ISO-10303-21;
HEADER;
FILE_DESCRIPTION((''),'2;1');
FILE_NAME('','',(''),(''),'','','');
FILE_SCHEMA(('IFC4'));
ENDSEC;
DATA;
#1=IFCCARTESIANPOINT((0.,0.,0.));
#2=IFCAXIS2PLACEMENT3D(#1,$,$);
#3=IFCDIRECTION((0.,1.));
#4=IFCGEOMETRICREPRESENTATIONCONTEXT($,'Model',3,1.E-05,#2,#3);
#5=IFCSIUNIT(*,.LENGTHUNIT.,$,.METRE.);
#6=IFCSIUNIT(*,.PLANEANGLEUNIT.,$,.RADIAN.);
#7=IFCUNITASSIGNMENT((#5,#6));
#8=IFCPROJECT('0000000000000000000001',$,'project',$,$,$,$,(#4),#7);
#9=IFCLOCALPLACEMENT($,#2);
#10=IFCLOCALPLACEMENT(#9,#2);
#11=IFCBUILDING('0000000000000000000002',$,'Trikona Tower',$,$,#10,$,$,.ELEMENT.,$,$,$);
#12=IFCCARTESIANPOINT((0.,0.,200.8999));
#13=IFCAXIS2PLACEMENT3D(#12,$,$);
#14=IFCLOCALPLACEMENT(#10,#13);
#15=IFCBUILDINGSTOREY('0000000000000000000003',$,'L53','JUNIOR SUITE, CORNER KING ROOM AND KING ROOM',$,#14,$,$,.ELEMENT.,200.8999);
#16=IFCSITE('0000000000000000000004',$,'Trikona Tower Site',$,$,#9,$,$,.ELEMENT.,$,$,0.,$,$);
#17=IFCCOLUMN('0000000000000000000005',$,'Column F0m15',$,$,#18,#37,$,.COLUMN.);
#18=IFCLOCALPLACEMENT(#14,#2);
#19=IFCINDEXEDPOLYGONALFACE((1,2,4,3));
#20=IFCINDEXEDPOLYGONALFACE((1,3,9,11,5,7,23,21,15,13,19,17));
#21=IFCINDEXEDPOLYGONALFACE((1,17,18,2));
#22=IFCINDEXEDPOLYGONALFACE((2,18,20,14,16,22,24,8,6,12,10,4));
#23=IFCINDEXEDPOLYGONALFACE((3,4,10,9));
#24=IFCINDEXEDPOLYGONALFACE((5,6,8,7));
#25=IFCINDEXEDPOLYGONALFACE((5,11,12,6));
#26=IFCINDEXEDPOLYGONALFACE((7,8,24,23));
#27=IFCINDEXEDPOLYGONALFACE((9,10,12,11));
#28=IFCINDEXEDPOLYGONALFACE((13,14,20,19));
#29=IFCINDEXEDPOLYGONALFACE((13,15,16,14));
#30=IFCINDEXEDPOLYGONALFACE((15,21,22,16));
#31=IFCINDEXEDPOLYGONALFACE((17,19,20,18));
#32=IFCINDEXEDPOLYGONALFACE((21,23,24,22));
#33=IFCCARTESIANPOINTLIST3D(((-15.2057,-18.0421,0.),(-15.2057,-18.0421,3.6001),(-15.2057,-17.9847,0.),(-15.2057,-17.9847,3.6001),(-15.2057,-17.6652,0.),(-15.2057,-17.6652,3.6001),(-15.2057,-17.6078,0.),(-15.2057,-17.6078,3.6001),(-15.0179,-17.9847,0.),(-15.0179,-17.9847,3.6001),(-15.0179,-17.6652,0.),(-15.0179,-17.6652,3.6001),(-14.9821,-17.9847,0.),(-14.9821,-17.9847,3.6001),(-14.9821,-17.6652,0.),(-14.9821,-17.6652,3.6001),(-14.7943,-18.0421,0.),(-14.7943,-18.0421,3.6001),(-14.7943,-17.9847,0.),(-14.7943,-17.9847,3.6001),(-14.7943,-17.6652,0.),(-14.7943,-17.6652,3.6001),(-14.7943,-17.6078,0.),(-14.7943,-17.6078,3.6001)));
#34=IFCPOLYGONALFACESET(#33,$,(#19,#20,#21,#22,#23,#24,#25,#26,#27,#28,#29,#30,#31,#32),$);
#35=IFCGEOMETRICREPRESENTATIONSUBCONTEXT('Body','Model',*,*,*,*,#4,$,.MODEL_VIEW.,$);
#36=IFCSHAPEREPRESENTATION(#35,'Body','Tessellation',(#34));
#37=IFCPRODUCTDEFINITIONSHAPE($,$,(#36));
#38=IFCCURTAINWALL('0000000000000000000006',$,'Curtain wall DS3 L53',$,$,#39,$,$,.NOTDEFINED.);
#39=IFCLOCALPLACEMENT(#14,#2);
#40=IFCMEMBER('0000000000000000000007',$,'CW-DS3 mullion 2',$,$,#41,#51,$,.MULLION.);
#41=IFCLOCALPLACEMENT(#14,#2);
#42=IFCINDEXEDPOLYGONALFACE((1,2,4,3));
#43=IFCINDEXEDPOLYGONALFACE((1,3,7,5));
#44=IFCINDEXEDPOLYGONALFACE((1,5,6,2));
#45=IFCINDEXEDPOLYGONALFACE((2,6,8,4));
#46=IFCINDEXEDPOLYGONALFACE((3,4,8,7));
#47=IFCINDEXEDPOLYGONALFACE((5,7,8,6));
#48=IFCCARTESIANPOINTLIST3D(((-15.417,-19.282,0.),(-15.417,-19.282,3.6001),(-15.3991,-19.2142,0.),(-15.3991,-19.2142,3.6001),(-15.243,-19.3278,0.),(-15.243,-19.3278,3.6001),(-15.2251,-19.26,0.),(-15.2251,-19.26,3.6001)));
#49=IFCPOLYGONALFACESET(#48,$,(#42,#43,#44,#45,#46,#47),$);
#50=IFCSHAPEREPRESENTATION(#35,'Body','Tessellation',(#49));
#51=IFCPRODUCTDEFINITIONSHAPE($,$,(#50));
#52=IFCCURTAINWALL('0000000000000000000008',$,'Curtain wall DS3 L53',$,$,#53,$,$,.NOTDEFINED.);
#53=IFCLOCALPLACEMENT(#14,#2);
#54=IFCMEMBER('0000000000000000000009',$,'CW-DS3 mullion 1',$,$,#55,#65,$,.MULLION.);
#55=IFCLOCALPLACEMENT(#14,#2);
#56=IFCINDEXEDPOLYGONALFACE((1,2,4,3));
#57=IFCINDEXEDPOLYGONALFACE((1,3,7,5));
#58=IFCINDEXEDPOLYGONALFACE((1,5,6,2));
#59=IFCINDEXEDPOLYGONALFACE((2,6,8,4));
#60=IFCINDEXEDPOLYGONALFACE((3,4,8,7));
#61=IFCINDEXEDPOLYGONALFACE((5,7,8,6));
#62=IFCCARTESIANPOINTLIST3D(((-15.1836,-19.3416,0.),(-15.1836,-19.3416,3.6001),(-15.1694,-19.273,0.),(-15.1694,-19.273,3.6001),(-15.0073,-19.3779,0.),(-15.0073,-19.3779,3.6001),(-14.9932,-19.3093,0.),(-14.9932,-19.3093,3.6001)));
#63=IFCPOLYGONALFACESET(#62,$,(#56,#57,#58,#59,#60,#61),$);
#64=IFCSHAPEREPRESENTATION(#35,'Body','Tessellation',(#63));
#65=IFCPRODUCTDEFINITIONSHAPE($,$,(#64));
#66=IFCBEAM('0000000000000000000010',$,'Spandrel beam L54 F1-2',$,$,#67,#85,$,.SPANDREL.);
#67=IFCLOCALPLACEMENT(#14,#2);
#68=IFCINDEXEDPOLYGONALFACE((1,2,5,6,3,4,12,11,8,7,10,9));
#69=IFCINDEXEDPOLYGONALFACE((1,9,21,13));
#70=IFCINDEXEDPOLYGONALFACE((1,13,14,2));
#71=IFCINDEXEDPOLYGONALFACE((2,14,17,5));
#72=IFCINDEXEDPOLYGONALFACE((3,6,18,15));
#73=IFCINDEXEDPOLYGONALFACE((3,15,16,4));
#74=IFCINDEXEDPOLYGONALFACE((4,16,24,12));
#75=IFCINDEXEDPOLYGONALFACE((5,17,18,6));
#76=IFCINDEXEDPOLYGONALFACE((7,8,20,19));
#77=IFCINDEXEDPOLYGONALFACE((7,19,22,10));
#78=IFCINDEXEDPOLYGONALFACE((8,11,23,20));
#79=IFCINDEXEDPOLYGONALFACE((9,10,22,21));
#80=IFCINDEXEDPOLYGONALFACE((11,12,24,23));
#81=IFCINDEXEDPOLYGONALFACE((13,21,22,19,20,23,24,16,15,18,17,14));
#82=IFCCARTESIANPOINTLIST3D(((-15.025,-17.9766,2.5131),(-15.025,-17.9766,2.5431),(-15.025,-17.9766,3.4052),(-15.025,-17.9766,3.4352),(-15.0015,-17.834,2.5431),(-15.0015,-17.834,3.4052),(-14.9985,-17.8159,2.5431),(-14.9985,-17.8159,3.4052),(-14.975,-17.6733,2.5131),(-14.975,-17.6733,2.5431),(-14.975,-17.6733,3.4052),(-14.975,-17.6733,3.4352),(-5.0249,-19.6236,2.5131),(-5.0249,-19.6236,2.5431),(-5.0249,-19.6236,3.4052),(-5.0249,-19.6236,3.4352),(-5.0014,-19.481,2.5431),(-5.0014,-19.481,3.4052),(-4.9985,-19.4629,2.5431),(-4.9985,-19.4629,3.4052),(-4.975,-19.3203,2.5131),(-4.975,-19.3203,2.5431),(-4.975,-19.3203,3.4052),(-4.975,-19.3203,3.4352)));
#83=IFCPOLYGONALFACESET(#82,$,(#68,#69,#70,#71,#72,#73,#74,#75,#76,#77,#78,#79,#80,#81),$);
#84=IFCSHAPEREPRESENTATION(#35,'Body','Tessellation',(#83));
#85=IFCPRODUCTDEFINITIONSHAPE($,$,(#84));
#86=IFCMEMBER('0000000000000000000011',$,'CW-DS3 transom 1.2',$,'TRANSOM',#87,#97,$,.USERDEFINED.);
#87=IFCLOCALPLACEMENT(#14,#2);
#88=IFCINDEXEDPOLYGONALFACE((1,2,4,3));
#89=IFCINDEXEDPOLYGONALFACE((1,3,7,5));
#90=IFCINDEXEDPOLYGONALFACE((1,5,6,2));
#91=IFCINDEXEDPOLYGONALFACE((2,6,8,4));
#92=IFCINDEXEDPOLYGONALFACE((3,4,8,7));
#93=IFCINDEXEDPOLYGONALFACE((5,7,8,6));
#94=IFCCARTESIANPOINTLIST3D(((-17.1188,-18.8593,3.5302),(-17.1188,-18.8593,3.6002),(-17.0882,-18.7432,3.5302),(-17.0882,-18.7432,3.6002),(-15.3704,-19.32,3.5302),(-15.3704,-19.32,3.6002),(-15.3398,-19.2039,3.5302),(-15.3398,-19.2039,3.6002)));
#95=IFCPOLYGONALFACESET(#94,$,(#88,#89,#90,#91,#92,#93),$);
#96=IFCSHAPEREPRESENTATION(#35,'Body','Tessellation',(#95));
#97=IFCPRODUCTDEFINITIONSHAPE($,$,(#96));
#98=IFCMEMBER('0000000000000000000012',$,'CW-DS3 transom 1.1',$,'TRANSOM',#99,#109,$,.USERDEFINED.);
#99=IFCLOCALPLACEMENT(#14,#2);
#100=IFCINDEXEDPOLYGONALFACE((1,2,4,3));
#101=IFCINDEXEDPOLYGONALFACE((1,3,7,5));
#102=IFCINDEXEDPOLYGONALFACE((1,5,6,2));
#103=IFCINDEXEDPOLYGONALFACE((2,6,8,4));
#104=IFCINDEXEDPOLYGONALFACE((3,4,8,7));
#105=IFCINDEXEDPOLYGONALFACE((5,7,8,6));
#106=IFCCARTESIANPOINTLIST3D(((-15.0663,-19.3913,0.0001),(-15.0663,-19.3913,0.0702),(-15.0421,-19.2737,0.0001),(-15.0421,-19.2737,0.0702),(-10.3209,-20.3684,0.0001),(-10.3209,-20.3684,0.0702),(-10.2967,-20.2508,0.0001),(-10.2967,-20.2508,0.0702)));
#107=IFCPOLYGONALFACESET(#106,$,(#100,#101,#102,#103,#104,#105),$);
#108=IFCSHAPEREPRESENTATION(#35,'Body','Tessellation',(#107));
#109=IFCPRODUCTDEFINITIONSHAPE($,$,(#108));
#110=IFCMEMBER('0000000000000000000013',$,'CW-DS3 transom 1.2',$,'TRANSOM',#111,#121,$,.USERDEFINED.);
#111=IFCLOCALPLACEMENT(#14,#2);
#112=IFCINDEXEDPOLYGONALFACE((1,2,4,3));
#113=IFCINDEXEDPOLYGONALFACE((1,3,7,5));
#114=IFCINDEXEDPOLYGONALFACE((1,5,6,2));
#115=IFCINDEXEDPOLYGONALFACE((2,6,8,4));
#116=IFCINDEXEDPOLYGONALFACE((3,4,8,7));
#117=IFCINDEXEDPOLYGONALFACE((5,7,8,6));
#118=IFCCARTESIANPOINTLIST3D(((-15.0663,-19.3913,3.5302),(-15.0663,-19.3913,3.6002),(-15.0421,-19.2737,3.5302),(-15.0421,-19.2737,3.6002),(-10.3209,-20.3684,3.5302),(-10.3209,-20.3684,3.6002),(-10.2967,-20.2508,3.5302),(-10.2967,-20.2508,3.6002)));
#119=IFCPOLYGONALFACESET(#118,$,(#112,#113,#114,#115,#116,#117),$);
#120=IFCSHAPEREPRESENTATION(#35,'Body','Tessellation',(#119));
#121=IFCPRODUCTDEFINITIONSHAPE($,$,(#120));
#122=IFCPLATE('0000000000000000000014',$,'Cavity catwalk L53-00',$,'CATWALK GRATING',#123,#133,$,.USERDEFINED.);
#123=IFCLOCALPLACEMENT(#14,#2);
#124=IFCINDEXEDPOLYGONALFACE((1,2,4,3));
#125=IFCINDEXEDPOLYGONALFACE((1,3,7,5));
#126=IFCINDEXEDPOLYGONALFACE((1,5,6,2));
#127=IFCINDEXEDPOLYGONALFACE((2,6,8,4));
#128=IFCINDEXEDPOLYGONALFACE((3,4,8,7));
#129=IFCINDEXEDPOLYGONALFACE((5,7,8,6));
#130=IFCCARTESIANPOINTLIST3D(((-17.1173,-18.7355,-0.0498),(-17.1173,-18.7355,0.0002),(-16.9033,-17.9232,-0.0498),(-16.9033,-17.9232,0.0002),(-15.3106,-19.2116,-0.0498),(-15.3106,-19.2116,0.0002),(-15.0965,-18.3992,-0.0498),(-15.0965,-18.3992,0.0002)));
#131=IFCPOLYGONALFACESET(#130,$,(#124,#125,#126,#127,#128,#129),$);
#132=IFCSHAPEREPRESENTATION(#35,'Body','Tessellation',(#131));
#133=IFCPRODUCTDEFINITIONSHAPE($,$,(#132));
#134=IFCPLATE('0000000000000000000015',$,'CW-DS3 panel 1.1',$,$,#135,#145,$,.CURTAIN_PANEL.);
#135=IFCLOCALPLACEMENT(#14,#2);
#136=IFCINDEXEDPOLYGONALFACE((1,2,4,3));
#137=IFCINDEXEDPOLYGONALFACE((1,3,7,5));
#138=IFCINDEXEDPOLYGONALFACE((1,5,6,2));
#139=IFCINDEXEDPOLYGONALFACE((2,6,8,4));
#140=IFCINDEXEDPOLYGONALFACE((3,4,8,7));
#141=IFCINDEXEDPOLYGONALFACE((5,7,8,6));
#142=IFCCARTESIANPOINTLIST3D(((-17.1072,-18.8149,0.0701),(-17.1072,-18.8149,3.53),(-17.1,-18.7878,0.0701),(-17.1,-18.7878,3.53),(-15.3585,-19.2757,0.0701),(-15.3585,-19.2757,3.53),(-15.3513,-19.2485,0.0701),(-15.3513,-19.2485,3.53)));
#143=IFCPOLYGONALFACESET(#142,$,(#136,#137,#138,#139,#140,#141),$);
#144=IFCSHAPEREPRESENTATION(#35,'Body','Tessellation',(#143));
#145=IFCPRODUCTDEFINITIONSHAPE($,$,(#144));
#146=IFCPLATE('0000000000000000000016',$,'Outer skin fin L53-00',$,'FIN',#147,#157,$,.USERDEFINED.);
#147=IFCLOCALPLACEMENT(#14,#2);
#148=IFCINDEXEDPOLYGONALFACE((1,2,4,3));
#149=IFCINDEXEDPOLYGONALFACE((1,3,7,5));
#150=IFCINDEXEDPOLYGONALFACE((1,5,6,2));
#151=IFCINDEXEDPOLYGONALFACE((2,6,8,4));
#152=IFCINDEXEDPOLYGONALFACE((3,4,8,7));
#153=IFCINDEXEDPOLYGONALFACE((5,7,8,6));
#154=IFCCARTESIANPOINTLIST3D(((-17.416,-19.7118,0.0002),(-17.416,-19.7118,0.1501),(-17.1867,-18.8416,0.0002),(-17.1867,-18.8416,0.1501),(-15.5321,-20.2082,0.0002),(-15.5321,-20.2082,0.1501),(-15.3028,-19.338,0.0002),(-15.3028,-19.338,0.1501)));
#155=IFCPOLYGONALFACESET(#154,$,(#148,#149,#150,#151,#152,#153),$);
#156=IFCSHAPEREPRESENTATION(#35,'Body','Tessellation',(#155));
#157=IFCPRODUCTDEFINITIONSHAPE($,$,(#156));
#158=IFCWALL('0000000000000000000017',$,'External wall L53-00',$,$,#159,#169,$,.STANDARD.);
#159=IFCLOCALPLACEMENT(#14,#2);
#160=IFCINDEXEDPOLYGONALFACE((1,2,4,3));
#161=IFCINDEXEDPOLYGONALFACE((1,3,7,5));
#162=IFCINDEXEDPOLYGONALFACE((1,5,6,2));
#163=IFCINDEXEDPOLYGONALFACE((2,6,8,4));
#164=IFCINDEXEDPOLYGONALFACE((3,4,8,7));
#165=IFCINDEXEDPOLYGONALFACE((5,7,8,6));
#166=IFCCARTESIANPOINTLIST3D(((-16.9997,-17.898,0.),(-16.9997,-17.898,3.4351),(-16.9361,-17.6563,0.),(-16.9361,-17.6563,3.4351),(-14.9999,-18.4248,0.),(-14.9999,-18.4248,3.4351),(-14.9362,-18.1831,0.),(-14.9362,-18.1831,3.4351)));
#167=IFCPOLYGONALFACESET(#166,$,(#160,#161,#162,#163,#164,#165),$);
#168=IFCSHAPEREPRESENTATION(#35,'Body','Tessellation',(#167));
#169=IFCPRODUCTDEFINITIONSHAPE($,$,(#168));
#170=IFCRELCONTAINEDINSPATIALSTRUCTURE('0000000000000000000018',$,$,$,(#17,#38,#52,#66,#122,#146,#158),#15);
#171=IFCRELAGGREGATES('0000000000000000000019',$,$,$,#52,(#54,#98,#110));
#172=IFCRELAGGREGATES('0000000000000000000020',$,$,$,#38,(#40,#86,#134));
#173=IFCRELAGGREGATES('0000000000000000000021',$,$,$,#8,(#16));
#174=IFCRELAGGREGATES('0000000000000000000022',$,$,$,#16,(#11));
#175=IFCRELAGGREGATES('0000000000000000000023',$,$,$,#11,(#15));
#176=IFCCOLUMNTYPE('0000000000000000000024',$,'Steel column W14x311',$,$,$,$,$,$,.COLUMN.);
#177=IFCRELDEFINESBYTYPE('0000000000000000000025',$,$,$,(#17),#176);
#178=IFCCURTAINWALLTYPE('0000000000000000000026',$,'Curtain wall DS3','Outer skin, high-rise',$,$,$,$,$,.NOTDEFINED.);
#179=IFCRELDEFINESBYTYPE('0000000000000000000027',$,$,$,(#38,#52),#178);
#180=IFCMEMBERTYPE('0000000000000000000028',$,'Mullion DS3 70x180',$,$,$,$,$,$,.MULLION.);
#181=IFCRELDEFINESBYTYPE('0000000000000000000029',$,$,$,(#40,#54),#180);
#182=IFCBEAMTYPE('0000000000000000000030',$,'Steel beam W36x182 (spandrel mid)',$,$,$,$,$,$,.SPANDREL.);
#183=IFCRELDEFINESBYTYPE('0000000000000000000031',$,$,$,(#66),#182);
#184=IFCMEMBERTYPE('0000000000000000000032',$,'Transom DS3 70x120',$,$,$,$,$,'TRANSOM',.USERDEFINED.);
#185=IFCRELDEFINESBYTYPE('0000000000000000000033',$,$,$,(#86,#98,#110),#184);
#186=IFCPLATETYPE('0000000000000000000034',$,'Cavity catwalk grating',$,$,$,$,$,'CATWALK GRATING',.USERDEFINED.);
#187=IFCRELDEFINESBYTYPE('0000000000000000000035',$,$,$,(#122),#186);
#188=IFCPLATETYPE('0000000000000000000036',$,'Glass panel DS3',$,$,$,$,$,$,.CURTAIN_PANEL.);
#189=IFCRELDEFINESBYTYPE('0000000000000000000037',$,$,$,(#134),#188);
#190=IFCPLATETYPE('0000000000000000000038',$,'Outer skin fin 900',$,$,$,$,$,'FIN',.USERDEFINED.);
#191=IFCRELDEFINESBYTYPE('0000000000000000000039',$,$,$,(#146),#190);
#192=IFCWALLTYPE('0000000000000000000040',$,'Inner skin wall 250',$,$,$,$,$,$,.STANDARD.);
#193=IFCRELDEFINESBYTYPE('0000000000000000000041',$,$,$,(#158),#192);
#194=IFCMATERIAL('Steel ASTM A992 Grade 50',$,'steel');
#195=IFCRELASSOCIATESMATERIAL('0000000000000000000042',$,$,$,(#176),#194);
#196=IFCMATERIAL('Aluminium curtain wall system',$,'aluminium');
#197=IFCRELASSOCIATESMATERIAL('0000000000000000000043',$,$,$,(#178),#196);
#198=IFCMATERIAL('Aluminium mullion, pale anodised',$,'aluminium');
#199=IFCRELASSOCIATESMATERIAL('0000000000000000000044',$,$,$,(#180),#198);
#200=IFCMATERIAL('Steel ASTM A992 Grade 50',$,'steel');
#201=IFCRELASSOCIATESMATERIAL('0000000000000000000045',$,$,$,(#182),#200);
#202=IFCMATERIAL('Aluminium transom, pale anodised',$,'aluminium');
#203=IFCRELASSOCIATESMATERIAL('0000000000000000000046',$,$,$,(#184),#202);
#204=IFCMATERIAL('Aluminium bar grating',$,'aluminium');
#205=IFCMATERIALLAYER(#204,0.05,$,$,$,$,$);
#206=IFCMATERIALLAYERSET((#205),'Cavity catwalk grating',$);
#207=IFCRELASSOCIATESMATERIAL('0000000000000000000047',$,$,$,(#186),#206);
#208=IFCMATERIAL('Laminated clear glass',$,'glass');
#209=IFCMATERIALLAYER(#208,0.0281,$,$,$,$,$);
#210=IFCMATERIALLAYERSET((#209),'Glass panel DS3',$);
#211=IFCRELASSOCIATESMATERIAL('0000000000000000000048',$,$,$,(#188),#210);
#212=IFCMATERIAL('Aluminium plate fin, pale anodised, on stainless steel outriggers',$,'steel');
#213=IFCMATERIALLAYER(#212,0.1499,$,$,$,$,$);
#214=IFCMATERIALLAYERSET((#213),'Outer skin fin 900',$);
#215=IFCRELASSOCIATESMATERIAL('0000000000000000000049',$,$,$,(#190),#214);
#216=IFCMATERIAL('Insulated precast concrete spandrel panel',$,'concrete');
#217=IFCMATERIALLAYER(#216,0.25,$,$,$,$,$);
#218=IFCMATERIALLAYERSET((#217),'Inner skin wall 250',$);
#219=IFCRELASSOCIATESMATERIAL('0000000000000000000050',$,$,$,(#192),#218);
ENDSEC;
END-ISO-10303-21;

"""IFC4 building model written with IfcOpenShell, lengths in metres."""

from ifc_helpers import new_model, si_unit, direction, frame, frame_2d, origin, origin_2d, place, context, subcontext, project, spatial, rectangle, i_section, extrude, material, layer, layer_set, material_profile, profile_set, type_object, element, aggregate, save


model = new_model("IFC4")

# Units and contexts
model_context = context("Model", 3, precision=1e-05, world=origin(), true_north=direction((0.0, 1.0)))
body_context = subcontext(model_context, "Body", "Model", "MODEL_VIEW")
ifc_project = project(units=[si_unit("LENGTHUNIT", "METRE"), si_unit("PLANEANGLEUNIT", "RADIAN")], contexts=[model_context])

# Site, building, storey
site_placement = place(None, origin())
site = spatial("IfcSite", under=ifc_project, at=site_placement, Name="Trikona Tower Site", CompositionType="ELEMENT", RefElevation=0.0)
building_placement = place(site_placement, origin())
building = spatial("IfcBuilding", under=site, at=building_placement, Name="Trikona Tower", CompositionType="ELEMENT")
storey_placement = place(building_placement, frame((0.0, 0.0, 200.8999)))
storey = spatial("IfcBuildingStorey", under=building, at=storey_placement, Name="L53", Description="JUNIOR SUITE, CORNER KING ROOM AND KING ROOM", CompositionType="ELEMENT", Elevation=200.8999)

# Column
ifc_material_1 = material(Name="Steel ASTM A992 Grade 50", Category="steel")
ifc_material_profile_1 = material_profile(ifc_material_1, i_section(OverallWidth=0.4114, OverallDepth=0.4343, WebThickness=0.0359, FlangeThickness=0.0574, at=origin_2d()), Name="W14X311")
ifc_profile_set_1 = profile_set([ifc_material_profile_1], Name="Steel ASTM A992 Grade 50")
column_type = type_object("IfcColumnType", Name="Steel column W14x311", PredefinedType="COLUMN", material=ifc_profile_set_1)
column_placement = place(storey_placement, frame((-15.0, -17.825, 0.0), z_axis=(0.0, 0.0, 1.0), x_axis=(1.0, 0.0, 0.0)))
element("IfcColumn", 1, at=column_placement, inside=storey, type_object=column_type, Name="Column F0m15", PredefinedType="COLUMN", context=body_context, shape_type="SweptSolid", body=[
    extrude(i_section(OverallWidth=0.4114, OverallDepth=0.4343, WebThickness=0.0359, FlangeThickness=0.0574, at=origin_2d()), origin(), (0.0, 0.0, 1.0), 3.6001),
])

# Curtain walls, members
ifc_material_2 = material(Name="Aluminium curtain wall system", Category="aluminium")
curtain_wall_type = type_object("IfcCurtainWallType", Name="Curtain wall DS3", Description="Outer skin, high-rise", PredefinedType="NOTDEFINED", material=ifc_material_2)
curtain_wall_1_placement = place(storey_placement, origin())
curtain_wall_1 = element("IfcCurtainWall", 2, at=curtain_wall_1_placement, inside=storey, type_object=curtain_wall_type, Name="Curtain wall DS3 L53", PredefinedType="NOTDEFINED")
ifc_material_3 = material(Name="Aluminium mullion, pale anodised", Category="aluminium")
ifc_material_profile_2 = material_profile(ifc_material_3, rectangle(XDim=0.0701, YDim=0.1799, at=origin_2d()), Name="MUL-DS3")
ifc_profile_set_2 = profile_set([ifc_material_profile_2], Name="Aluminium mullion, pale anodised")
member_type_1 = type_object("IfcMemberType", Name="Mullion DS3 70x180", PredefinedType="MULLION", material=ifc_profile_set_2)
member_1_placement = place(storey_placement, frame((-15.321, -19.271, 0.0), z_axis=(0.0, 0.0, 1.0), x_axis=(0.254786, 0.966997, 0.0)))
member_1 = element("IfcMember", 3, at=member_1_placement, type_object=member_type_1, Name="CW-DS3 mullion 2", PredefinedType="MULLION", context=body_context, shape_type="SweptSolid", body=[
    extrude(rectangle(XDim=0.0701, YDim=0.1799, at=origin_2d()), origin(), (0.0, 0.0, 1.0), 3.6001),
])
curtain_wall_2_placement = place(storey_placement, origin())
curtain_wall_2 = element("IfcCurtainWall", 4, at=curtain_wall_2_placement, inside=storey, type_object=curtain_wall_type, Name="Curtain wall DS3 L53", PredefinedType="NOTDEFINED")
member_2_placement = place(storey_placement, frame((-15.0884, -19.3254, 0.0), z_axis=(0.0, 0.0, 1.0), x_axis=(0.201653, 0.979457, 0.0)))
member_2 = element("IfcMember", 5, at=member_2_placement, type_object=member_type_1, Name="CW-DS3 mullion 1", PredefinedType="MULLION", context=body_context, shape_type="SweptSolid", body=[
    extrude(rectangle(XDim=0.0701, YDim=0.1799, at=origin_2d()), origin(), (0.0, 0.0, 1.0), 3.6001),
])

# Beam
ifc_material_4 = material(Name="Steel ASTM A992 Grade 50", Category="steel")
ifc_material_profile_3 = material_profile(ifc_material_4, i_section(OverallWidth=0.3074, OverallDepth=0.9221, WebThickness=0.0183, FlangeThickness=0.03, at=origin_2d()), Name="W36X182")
ifc_profile_set_3 = profile_set([ifc_material_profile_3], Name="Steel ASTM A992 Grade 50")
beam_type = type_object("IfcBeamType", Name="Steel beam W36x182 (spandrel mid)", PredefinedType="SPANDREL", material=ifc_profile_set_3)
beam_placement = place(storey_placement, frame((-15.0, -17.825, 2.9741), z_axis=(0.986707, -0.162508, 0.0), x_axis=(0.162508, 0.986707, 0.0)))
element("IfcBeam", 6, at=beam_placement, inside=storey, type_object=beam_type, Name="Spandrel beam L54 F1-2", PredefinedType="SPANDREL", context=body_context, shape_type="SweptSolid", body=[
    extrude(i_section(OverallWidth=0.3074, OverallDepth=0.9221, WebThickness=0.0183, FlangeThickness=0.03, at=origin_2d()), origin(), (0.0, 0.0, 1.0), 10.1348),
])

# Members
ifc_material_5 = material(Name="Aluminium transom, pale anodised", Category="aluminium")
ifc_material_profile_4 = material_profile(ifc_material_5, rectangle(XDim=0.1201, YDim=0.0701, at=origin_2d()), Name="TRN-DS3")
ifc_profile_set_4 = profile_set([ifc_material_profile_4], Name="Aluminium transom, pale anodised")
member_type_2 = type_object("IfcMemberType", Name="Transom DS3 70x120", ElementType="TRANSOM", PredefinedType="USERDEFINED", material=ifc_profile_set_4)
member_3_placement = place(storey_placement, frame((-17.1035, -18.8013, 3.5652), z_axis=(0.966999, -0.254779, 0.0), x_axis=(0.254779, 0.966999, 0.0)))
member_3 = element("IfcMember", 7, at=member_3_placement, type_object=member_type_2, Name="CW-DS3 transom 1.2", ObjectType="TRANSOM", PredefinedType="USERDEFINED", context=body_context, shape_type="SweptSolid", body=[
    extrude(rectangle(XDim=0.1201, YDim=0.0701, at=origin_2d()), origin(), (0.0, 0.0, 1.0), 1.8081),
])
member_4_placement = place(storey_placement, frame((-15.0542, -19.3325, 0.0352), z_axis=(0.979454, -0.201666, 0.0), x_axis=(0.201666, 0.979454, 0.0)))
member_4 = element("IfcMember", 8, at=member_4_placement, type_object=member_type_2, Name="CW-DS3 transom 1.1", ObjectType="TRANSOM", PredefinedType="USERDEFINED", context=body_context, shape_type="SweptSolid", body=[
    extrude(rectangle(XDim=0.1201, YDim=0.0701, at=origin_2d()), origin(), (0.0, 0.0, 1.0), 4.845),
])
member_5_placement = place(storey_placement, frame((-15.0542, -19.3325, 3.5652), z_axis=(0.979454, -0.201666, 0.0), x_axis=(0.201666, 0.979454, 0.0)))
member_5 = element("IfcMember", 9, at=member_5_placement, type_object=member_type_2, Name="CW-DS3 transom 1.2", ObjectType="TRANSOM", PredefinedType="USERDEFINED", context=body_context, shape_type="SweptSolid", body=[
    extrude(rectangle(XDim=0.1201, YDim=0.0701, at=origin_2d()), origin(), (0.0, 0.0, 1.0), 4.845),
])
aggregate(curtain_wall_2, [member_2, member_4, member_5])

# Plates
ifc_material_6 = material(Name="Aluminium bar grating", Category="aluminium")
ifc_layer_1 = layer(ifc_material_6, 0.05)
ifc_layer_set_1 = layer_set([ifc_layer_1], Name="Cavity catwalk grating")
plate_type_1 = type_object("IfcPlateType", Name="Cavity catwalk grating", ElementType="CATWALK GRATING", PredefinedType="USERDEFINED", material=ifc_layer_set_1)
plate_1_placement = place(storey_placement, frame((-16.1069, -18.5674, -0.0498), z_axis=(0.0, 0.0, 1.0), x_axis=(0.966993, -0.254803, 0.0)))
element("IfcPlate", 10, at=plate_1_placement, inside=storey, type_object=plate_type_1, Name="Cavity catwalk L53-00", ObjectType="CATWALK GRATING", PredefinedType="USERDEFINED", context=body_context, shape_type="SweptSolid", body=[
    extrude(rectangle(XDim=1.8684, YDim=0.8401, at=origin_2d()), origin(), (0.0, 0.0, 1.0), 0.05),
])
ifc_material_7 = material(Name="Laminated clear glass", Category="glass")
ifc_layer_2 = layer(ifc_material_7, 0.0281)
ifc_layer_set_2 = layer_set([ifc_layer_2], Name="Glass panel DS3")
plate_type_2 = type_object("IfcPlateType", Name="Glass panel DS3", PredefinedType="CURTAIN_PANEL", material=ifc_layer_set_2)
plate_2_placement = place(storey_placement, frame((-16.2292, -19.0317, 0.0701), z_axis=(0.0, 0.0, 1.0), x_axis=(0.966997, -0.254786, 0.0)))
plate_2 = element("IfcPlate", 11, at=plate_2_placement, type_object=plate_type_2, Name="CW-DS3 panel 1.1", PredefinedType="CURTAIN_PANEL", context=body_context, shape_type="SweptSolid", body=[
    extrude(rectangle(XDim=1.8083, YDim=0.0281, at=origin_2d()), origin(), (0.0, 0.0, 1.0), 3.46),
])
aggregate(curtain_wall_1, [member_1, member_3, plate_2])
ifc_material_8 = material(Name="Aluminium plate fin, pale anodised, on stainless steel outriggers", Category="steel")
ifc_layer_3 = layer(ifc_material_8, 0.1499)
ifc_layer_set_3 = layer_set([ifc_layer_3], Name="Outer skin fin 900")
plate_type_3 = type_object("IfcPlateType", Name="Outer skin fin 900", ElementType="FIN", PredefinedType="USERDEFINED", material=ifc_layer_set_3)
plate_3_placement = place(storey_placement, frame((-16.3594, -19.5249, 0.0002), z_axis=(0.0, 0.0, 1.0), x_axis=(0.966993, -0.254803, 0.0)))
element("IfcPlate", 12, at=plate_3_placement, inside=storey, type_object=plate_type_3, Name="Outer skin fin L53-00", ObjectType="FIN", PredefinedType="USERDEFINED", context=body_context, shape_type="SweptSolid", body=[
    extrude(rectangle(XDim=1.9482, YDim=0.8999, at=origin_2d()), origin(), (0.0, 0.0, 1.0), 0.1499),
])

# Wall
ifc_material_9 = material(Name="Insulated precast concrete spandrel panel", Category="concrete")
ifc_layer_4 = layer(ifc_material_9, 0.25)
ifc_layer_set_4 = layer_set([ifc_layer_4], Name="Inner skin wall 250")
wall_type_1 = type_object("IfcWallType", Name="Inner skin wall 250", PredefinedType="STANDARD", material=ifc_layer_set_4)
wall_1_placement = place(storey_placement, frame((-16.968, -17.7771, 0.0), z_axis=(0.0, 0.0, 1.0), x_axis=(0.96701, -0.254737, 0.0)))
element("IfcWall", 13, at=wall_1_placement, inside=storey, type_object=wall_type_1, Name="External wall L53-00", PredefinedType="STANDARD", context=body_context, shape_type="SweptSolid", body=[
    extrude(rectangle(XDim=2.0681, YDim=0.25, at=frame_2d((1.0342, 0.0))), origin(), (0.0, 0.0, 1.0), 3.4351),
])

save(model, "model.ifc")
